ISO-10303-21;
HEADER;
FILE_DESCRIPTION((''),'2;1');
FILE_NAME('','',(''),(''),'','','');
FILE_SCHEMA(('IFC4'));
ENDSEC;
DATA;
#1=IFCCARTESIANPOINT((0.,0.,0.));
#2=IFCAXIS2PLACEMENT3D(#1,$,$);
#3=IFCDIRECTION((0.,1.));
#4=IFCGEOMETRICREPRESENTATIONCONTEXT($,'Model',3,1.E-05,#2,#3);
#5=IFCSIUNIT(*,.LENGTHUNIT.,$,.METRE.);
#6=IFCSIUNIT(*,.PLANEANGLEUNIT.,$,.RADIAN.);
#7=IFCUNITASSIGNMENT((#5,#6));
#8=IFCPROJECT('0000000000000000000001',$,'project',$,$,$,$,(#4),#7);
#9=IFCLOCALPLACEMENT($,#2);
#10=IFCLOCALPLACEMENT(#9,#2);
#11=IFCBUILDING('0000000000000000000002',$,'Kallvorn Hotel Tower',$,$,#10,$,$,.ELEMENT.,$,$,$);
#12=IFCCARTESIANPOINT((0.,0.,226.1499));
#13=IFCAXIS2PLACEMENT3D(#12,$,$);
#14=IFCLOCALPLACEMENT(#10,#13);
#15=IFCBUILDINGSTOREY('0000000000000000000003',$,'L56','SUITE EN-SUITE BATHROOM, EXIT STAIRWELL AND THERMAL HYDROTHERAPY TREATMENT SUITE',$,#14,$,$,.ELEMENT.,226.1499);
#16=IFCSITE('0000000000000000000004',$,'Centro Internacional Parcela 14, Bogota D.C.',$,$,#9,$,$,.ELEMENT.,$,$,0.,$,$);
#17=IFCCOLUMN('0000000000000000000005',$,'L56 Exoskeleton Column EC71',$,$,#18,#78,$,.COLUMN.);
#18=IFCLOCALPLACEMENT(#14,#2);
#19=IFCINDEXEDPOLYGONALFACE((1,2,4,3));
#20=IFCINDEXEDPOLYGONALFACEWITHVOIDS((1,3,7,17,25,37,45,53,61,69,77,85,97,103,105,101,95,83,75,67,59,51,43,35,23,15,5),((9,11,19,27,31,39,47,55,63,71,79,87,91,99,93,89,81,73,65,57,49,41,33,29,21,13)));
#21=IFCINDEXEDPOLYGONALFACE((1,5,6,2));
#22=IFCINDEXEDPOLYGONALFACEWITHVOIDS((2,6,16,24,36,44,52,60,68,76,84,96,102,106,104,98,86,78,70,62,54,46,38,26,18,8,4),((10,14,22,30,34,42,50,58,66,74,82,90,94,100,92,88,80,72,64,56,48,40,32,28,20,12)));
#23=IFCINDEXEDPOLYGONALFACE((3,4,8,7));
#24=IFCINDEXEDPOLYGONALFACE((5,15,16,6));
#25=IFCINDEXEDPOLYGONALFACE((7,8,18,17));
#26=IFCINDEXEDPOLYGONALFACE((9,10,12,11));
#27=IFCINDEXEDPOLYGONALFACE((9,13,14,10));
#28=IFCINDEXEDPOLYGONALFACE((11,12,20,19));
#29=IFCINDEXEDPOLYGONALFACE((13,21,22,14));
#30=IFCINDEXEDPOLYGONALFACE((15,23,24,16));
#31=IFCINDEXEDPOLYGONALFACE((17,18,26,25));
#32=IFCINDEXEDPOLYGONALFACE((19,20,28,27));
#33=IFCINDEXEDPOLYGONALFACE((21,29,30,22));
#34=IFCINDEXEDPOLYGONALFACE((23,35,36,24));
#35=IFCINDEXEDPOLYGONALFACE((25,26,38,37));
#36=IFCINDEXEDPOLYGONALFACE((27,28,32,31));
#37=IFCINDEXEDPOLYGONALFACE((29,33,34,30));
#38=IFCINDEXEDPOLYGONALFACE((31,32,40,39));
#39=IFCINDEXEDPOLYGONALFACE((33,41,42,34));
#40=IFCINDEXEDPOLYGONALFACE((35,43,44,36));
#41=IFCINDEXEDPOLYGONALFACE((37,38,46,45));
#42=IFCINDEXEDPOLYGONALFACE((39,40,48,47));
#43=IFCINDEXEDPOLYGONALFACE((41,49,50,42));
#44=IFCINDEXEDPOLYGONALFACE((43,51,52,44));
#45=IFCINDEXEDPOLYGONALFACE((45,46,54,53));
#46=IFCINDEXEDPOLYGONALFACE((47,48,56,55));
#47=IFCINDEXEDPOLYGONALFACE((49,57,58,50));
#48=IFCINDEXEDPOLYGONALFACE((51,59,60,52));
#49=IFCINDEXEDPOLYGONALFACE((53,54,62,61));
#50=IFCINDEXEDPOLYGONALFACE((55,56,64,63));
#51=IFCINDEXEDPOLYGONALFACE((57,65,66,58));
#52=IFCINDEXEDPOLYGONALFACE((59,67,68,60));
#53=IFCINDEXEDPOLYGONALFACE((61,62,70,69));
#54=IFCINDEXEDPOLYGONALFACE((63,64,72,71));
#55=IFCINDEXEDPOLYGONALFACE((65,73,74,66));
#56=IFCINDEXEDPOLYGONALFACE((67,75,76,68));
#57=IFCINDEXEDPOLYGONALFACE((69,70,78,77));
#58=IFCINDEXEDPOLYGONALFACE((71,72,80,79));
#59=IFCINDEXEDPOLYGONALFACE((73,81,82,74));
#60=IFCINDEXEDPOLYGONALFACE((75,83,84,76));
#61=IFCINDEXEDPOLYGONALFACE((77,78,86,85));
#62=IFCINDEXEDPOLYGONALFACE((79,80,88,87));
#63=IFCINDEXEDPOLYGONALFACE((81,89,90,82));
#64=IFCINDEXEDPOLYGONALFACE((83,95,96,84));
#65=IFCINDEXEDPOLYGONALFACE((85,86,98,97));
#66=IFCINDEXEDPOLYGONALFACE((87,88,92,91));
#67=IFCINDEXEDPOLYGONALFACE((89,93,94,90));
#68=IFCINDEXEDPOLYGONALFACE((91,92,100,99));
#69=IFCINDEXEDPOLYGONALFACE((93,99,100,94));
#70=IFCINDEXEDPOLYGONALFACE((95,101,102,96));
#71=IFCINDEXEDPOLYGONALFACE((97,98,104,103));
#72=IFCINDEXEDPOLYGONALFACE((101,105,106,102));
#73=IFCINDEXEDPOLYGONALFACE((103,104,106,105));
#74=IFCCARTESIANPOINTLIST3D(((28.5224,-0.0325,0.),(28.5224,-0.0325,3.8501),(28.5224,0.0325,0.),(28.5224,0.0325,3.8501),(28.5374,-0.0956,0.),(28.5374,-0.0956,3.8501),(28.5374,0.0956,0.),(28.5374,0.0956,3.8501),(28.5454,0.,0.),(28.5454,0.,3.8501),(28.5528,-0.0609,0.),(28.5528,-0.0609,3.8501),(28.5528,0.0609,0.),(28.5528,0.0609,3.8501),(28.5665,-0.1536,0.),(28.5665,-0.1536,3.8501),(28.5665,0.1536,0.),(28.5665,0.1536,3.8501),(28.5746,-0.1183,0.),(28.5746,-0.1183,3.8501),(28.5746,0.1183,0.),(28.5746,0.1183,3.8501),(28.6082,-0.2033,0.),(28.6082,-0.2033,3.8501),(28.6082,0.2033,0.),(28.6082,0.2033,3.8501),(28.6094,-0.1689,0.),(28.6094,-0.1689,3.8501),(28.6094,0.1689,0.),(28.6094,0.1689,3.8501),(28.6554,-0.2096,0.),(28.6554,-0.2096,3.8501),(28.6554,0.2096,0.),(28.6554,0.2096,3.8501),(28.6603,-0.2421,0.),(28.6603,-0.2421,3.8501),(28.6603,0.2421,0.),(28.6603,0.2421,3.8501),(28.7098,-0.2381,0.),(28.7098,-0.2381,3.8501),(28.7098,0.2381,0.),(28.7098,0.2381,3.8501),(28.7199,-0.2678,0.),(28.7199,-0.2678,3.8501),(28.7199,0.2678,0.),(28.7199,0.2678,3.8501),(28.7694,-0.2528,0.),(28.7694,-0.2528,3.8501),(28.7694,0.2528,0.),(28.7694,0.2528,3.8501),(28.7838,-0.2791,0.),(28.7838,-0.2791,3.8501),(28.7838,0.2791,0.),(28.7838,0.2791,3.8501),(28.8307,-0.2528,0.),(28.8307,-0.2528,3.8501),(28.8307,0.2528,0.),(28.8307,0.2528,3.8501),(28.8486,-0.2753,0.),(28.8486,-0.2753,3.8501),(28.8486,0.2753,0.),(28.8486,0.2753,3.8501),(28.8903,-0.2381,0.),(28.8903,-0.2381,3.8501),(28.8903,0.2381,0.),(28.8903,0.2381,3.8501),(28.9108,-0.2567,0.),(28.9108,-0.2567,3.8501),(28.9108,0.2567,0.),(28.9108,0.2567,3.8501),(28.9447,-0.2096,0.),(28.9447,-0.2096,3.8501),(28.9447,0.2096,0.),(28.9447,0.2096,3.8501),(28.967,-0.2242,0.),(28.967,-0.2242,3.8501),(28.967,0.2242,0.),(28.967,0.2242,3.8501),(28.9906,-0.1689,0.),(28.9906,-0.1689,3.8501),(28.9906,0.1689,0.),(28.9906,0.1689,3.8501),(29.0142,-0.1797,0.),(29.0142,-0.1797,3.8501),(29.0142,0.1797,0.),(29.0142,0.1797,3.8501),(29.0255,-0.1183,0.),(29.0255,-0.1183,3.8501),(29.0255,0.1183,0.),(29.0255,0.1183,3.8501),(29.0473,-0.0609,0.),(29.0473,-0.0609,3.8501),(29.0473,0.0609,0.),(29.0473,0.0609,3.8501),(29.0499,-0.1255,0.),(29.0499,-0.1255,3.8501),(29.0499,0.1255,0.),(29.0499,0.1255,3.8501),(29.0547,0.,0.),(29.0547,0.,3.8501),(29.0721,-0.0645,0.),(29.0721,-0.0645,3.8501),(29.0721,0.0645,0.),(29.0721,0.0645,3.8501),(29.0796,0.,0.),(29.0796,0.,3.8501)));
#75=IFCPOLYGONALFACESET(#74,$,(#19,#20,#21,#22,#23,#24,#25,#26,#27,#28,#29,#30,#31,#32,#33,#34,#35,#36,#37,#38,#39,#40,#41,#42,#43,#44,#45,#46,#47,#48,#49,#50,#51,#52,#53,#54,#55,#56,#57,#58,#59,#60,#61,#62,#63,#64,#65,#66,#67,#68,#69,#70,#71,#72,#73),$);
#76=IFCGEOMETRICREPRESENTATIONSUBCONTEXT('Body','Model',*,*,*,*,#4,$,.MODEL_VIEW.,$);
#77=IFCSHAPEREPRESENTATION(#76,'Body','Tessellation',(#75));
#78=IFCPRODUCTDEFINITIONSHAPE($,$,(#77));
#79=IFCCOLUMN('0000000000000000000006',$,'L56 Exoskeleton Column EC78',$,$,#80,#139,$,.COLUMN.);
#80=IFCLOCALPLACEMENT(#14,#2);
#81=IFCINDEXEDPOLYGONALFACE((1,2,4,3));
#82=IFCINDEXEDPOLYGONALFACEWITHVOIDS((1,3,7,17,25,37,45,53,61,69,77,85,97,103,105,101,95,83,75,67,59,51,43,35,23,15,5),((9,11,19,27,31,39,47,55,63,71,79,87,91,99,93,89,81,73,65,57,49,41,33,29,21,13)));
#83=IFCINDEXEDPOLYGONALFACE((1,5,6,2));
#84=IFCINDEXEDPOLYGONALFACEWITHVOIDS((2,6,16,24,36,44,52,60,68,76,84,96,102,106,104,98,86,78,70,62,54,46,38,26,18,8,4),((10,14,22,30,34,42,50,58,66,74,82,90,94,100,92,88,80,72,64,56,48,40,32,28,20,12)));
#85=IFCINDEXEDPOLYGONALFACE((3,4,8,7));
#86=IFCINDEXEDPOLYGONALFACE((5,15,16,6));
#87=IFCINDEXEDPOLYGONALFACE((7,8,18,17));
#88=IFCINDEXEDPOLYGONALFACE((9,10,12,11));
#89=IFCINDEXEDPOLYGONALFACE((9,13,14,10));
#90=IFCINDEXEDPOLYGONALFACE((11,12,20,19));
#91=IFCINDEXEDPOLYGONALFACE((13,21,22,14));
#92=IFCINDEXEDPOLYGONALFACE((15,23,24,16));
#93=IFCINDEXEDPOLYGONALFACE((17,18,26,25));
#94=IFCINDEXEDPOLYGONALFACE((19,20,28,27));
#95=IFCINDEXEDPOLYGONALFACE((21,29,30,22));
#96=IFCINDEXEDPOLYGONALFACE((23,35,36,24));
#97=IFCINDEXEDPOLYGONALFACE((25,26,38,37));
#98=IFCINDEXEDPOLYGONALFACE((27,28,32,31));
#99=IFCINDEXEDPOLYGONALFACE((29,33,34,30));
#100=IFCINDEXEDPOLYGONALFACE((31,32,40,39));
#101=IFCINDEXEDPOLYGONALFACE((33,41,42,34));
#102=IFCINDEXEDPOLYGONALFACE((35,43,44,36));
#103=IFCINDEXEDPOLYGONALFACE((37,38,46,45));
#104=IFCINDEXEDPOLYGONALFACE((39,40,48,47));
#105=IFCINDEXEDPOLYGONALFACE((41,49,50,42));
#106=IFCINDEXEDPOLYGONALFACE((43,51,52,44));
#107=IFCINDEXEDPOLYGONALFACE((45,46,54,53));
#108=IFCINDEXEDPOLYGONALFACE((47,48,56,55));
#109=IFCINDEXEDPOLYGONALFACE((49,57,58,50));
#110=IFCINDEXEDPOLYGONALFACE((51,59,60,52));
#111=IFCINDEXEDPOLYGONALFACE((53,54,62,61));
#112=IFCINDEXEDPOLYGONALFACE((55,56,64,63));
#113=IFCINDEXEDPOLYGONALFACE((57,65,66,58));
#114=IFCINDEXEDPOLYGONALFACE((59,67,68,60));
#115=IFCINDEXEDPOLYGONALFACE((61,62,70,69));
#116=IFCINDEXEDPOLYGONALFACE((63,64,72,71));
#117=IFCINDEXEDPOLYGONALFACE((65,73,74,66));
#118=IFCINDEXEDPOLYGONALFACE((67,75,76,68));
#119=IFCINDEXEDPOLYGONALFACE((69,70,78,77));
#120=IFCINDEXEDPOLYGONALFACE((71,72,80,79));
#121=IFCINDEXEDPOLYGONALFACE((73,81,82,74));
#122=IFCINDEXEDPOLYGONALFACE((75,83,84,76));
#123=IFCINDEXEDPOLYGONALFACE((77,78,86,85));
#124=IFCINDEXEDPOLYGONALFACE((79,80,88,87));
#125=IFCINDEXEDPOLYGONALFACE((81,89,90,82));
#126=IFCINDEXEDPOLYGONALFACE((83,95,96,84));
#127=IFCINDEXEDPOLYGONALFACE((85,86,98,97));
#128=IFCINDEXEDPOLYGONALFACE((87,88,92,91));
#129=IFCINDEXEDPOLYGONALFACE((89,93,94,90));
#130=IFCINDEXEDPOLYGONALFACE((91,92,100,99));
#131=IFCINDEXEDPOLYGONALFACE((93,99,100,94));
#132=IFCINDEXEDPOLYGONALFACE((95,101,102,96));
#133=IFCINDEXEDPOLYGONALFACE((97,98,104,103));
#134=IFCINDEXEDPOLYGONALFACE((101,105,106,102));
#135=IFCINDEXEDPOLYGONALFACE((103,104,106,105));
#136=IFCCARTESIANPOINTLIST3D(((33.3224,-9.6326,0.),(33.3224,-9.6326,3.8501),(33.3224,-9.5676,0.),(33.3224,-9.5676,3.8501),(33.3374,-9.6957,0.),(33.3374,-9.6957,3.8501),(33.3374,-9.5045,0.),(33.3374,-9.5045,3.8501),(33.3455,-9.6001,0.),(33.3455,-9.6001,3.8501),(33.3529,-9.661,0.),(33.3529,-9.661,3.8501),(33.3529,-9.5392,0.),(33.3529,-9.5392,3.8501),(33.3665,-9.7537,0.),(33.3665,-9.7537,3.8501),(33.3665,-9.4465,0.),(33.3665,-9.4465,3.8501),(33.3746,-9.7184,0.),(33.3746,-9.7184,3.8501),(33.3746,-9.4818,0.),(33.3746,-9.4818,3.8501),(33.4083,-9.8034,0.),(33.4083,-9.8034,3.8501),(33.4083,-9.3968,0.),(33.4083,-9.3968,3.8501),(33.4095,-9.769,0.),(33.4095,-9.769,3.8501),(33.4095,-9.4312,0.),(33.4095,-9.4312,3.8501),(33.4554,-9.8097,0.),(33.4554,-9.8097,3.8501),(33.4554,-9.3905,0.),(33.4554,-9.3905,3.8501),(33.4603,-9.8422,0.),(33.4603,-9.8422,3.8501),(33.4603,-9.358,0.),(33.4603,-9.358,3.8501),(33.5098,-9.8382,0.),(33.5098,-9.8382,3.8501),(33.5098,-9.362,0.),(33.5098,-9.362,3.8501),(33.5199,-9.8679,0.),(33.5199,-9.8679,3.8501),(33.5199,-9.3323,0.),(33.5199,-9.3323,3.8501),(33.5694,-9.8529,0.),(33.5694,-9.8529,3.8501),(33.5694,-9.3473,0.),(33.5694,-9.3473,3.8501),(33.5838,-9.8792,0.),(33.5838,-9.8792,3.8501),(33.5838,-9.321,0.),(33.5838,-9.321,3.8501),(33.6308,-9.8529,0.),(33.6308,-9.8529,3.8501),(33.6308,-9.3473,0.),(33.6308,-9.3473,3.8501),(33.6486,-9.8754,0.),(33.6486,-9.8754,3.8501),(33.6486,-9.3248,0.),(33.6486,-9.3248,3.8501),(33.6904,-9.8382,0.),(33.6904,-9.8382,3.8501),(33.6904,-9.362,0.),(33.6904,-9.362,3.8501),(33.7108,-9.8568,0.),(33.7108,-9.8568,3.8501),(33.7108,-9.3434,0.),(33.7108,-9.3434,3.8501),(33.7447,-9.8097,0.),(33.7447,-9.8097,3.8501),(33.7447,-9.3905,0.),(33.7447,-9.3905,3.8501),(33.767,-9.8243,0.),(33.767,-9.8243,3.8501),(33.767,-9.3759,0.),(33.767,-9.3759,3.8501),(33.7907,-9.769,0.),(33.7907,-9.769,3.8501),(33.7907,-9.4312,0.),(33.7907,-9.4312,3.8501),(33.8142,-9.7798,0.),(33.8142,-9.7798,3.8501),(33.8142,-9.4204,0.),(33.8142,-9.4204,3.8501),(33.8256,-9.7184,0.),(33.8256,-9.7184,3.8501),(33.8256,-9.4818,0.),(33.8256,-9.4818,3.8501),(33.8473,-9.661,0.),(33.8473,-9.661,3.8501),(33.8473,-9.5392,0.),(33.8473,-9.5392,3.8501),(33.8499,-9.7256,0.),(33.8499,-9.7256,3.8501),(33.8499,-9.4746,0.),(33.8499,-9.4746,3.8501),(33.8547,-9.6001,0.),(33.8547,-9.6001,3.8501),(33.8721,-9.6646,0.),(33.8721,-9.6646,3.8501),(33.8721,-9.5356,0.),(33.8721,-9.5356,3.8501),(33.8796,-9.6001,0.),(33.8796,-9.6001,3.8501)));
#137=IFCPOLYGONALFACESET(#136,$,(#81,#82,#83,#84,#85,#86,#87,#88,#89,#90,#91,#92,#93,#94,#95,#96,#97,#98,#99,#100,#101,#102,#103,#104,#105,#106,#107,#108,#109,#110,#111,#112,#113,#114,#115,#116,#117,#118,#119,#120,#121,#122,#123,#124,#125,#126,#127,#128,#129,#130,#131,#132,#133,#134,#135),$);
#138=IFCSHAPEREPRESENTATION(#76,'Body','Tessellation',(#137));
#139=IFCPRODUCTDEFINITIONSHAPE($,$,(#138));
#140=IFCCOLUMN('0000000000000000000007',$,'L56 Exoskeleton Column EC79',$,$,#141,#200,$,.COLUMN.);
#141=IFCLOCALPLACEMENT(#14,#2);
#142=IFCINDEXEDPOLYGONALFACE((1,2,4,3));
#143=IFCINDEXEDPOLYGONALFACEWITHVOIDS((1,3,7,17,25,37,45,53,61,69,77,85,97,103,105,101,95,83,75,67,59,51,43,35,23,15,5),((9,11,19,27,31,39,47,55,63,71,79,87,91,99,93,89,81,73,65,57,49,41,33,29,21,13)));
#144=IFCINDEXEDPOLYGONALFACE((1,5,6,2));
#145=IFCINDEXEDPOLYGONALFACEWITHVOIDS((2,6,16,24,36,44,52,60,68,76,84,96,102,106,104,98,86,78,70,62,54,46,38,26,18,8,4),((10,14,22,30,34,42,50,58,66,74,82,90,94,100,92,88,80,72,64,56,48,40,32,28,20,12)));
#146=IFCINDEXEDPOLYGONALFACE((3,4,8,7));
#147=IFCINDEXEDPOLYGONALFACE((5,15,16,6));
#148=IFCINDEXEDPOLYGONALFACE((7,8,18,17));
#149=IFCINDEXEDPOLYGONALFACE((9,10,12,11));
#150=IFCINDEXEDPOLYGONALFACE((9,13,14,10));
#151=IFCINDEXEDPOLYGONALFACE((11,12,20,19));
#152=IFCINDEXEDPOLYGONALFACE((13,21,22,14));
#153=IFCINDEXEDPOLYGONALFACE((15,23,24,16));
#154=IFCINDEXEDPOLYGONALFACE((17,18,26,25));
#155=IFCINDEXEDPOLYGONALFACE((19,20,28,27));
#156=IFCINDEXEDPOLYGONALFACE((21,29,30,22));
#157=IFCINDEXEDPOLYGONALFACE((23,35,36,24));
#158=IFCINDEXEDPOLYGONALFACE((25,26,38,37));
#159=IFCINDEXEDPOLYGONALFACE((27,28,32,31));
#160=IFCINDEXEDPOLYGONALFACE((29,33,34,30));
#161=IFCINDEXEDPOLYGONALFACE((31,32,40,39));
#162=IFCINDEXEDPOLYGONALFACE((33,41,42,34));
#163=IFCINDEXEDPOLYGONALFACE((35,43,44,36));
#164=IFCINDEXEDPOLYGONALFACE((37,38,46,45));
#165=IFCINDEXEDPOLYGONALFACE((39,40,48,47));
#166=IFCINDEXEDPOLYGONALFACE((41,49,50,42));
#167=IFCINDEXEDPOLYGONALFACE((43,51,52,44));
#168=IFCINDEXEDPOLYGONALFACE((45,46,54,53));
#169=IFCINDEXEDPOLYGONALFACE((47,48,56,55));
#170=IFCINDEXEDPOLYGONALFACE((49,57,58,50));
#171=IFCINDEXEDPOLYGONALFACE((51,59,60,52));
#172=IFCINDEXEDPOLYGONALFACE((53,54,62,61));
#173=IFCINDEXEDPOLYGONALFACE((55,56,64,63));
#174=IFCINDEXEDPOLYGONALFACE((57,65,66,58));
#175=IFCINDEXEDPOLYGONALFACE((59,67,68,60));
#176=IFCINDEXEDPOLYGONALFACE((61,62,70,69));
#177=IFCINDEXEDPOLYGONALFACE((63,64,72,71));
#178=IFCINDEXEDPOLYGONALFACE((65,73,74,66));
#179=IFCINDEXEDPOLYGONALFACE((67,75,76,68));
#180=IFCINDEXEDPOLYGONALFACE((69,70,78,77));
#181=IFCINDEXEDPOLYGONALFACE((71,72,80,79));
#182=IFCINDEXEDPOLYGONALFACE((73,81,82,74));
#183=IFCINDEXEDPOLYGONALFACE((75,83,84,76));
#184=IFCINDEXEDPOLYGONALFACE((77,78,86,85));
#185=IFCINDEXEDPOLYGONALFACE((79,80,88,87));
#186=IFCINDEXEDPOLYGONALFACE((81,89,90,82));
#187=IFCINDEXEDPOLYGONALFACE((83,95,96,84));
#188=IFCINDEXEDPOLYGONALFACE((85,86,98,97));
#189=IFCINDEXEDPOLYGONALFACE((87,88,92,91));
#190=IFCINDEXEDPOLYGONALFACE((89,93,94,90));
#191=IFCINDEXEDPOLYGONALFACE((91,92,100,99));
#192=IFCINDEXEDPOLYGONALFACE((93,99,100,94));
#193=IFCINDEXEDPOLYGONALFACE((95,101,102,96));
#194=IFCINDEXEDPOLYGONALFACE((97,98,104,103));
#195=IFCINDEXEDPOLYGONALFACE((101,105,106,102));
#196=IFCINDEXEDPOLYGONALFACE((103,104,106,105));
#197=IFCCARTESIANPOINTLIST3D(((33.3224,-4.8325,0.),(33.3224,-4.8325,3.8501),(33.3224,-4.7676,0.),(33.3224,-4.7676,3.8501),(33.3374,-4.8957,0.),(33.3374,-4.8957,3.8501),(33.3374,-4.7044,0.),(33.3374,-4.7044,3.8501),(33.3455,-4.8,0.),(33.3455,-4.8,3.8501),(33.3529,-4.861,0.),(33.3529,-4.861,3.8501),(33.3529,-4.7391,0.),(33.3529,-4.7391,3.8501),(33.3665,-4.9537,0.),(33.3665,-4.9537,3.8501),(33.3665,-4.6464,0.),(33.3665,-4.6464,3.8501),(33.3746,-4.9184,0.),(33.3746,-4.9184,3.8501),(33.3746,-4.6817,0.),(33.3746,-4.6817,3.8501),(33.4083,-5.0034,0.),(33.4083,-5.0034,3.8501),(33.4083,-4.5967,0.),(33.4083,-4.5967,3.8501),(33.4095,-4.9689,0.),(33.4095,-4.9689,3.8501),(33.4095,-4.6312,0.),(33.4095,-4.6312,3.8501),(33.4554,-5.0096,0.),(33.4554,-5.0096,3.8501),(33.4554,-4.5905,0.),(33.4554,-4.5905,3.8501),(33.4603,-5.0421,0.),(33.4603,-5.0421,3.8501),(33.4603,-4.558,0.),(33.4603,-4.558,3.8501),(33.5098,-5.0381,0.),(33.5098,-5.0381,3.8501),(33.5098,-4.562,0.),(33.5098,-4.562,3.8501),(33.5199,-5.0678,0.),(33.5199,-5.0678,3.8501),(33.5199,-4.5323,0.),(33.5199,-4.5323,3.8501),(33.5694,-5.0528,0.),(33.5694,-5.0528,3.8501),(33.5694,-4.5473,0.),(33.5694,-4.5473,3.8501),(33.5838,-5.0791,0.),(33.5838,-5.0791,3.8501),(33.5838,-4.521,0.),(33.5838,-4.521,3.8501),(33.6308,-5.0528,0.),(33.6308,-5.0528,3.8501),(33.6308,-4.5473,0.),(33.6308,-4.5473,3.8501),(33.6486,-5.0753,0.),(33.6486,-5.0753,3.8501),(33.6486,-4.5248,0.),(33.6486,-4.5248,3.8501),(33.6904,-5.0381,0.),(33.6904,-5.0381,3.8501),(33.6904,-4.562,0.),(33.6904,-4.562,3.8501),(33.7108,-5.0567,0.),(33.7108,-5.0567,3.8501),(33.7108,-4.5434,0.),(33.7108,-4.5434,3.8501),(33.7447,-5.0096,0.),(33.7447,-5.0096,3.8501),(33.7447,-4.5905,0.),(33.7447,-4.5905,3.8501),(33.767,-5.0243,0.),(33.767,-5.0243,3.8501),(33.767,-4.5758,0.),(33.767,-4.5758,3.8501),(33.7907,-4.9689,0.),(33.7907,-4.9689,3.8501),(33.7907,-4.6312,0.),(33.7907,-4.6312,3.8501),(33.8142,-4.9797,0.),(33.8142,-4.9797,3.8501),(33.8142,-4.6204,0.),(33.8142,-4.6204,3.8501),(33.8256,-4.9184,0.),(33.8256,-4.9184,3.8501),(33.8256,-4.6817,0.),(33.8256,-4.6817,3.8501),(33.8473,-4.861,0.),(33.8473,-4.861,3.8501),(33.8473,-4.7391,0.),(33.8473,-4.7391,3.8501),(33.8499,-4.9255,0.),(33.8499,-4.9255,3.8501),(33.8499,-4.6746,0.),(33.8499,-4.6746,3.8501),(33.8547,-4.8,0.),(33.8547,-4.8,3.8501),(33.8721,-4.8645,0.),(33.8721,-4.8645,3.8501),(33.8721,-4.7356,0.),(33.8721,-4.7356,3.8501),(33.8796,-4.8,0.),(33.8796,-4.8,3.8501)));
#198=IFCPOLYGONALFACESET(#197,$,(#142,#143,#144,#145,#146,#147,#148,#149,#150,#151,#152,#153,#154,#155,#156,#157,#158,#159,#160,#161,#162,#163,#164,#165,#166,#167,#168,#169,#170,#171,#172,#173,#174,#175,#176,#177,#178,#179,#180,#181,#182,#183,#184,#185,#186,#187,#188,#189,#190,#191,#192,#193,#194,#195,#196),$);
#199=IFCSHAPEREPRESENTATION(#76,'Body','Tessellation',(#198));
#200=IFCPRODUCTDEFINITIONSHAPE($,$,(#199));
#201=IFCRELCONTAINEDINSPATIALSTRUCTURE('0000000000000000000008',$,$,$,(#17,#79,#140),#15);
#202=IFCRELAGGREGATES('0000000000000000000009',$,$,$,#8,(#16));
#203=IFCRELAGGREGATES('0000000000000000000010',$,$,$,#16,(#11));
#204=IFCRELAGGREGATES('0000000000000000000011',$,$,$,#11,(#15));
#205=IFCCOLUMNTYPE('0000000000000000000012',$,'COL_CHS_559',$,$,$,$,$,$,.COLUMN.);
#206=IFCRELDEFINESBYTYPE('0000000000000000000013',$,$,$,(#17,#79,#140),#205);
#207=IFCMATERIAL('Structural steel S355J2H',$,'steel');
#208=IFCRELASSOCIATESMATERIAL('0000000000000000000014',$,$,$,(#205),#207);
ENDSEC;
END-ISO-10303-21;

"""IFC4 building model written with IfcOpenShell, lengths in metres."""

from ifc_helpers import new_model, si_unit, direction, frame, origin, origin_2d, place, context, subcontext, project, spatial, hollow_circle, extrude, material, material_profile, profile_set, type_object, element, save


model = new_model("IFC4")

# Units and contexts
model_context = context("Model", 3, precision=1e-05, world=origin(), true_north=direction((0.0, 1.0)))
body_context = subcontext(model_context, "Body", "Model", "MODEL_VIEW")
ifc_project = project(units=[si_unit("LENGTHUNIT", "METRE"), si_unit("PLANEANGLEUNIT", "RADIAN")], contexts=[model_context])

# Site, building, storey
site_placement = place(None, origin())
site = spatial("IfcSite", under=ifc_project, at=site_placement, Name="Centro Internacional Parcela 14, Bogota D.C.", CompositionType="ELEMENT", RefElevation=0.0)
building_placement = place(site_placement, origin())
building = spatial("IfcBuilding", under=site, at=building_placement, Name="Kallvorn Hotel Tower", CompositionType="ELEMENT")
storey_placement = place(building_placement, frame((0.0, 0.0, 226.1499)))
storey = spatial("IfcBuildingStorey", under=building, at=storey_placement, Name="L56", Description="SUITE EN-SUITE BATHROOM, EXIT STAIRWELL AND THERMAL HYDROTHERAPY TREATMENT SUITE", CompositionType="ELEMENT", Elevation=226.1499)

# Columns
ifc_material_1 = material(Name="Structural steel S355J2H", Category="steel")
ifc_material_profile_1 = material_profile(ifc_material_1, hollow_circle(Radius=0.2795, WallThickness=0.0249, at=origin_2d()), Name="CHS 559x25")
ifc_profile_set_1 = profile_set([ifc_material_profile_1], Name="Structural steel S355J2H")
column_type_1 = type_object("IfcColumnType", Name="COL_CHS_559", PredefinedType="COLUMN", material=ifc_profile_set_1)
for number, where, z_axis, x_axis, name in (
    (1, (28.8, 0.0, 0.0), (0.0, 0.0, 1.0), (1.0, 0.0, 0.0), "L56 Exoskeleton Column EC71"),
    (2, (33.6001, -9.6001, 0.0), (0.0, 0.0, 1.0), (1.0, 0.0, 0.0), "L56 Exoskeleton Column EC78"),
    (3, (33.6001, -4.8, 0.0), (0.0, 0.0, 1.0), (1.0, 0.0, 0.0), "L56 Exoskeleton Column EC79"),
):
    element("IfcColumn", number, at=place(storey_placement, frame(where, z_axis=z_axis, x_axis=x_axis)), inside=storey, type_object=column_type_1, Name=name, PredefinedType="COLUMN", context=body_context, shape_type="SweptSolid", body=[
        extrude(hollow_circle(Radius=0.2795, WallThickness=0.0249, at=origin_2d()), origin(), (0.0, 0.0, 1.0), 3.8501),
    ])

save(model, "model.ifc")
